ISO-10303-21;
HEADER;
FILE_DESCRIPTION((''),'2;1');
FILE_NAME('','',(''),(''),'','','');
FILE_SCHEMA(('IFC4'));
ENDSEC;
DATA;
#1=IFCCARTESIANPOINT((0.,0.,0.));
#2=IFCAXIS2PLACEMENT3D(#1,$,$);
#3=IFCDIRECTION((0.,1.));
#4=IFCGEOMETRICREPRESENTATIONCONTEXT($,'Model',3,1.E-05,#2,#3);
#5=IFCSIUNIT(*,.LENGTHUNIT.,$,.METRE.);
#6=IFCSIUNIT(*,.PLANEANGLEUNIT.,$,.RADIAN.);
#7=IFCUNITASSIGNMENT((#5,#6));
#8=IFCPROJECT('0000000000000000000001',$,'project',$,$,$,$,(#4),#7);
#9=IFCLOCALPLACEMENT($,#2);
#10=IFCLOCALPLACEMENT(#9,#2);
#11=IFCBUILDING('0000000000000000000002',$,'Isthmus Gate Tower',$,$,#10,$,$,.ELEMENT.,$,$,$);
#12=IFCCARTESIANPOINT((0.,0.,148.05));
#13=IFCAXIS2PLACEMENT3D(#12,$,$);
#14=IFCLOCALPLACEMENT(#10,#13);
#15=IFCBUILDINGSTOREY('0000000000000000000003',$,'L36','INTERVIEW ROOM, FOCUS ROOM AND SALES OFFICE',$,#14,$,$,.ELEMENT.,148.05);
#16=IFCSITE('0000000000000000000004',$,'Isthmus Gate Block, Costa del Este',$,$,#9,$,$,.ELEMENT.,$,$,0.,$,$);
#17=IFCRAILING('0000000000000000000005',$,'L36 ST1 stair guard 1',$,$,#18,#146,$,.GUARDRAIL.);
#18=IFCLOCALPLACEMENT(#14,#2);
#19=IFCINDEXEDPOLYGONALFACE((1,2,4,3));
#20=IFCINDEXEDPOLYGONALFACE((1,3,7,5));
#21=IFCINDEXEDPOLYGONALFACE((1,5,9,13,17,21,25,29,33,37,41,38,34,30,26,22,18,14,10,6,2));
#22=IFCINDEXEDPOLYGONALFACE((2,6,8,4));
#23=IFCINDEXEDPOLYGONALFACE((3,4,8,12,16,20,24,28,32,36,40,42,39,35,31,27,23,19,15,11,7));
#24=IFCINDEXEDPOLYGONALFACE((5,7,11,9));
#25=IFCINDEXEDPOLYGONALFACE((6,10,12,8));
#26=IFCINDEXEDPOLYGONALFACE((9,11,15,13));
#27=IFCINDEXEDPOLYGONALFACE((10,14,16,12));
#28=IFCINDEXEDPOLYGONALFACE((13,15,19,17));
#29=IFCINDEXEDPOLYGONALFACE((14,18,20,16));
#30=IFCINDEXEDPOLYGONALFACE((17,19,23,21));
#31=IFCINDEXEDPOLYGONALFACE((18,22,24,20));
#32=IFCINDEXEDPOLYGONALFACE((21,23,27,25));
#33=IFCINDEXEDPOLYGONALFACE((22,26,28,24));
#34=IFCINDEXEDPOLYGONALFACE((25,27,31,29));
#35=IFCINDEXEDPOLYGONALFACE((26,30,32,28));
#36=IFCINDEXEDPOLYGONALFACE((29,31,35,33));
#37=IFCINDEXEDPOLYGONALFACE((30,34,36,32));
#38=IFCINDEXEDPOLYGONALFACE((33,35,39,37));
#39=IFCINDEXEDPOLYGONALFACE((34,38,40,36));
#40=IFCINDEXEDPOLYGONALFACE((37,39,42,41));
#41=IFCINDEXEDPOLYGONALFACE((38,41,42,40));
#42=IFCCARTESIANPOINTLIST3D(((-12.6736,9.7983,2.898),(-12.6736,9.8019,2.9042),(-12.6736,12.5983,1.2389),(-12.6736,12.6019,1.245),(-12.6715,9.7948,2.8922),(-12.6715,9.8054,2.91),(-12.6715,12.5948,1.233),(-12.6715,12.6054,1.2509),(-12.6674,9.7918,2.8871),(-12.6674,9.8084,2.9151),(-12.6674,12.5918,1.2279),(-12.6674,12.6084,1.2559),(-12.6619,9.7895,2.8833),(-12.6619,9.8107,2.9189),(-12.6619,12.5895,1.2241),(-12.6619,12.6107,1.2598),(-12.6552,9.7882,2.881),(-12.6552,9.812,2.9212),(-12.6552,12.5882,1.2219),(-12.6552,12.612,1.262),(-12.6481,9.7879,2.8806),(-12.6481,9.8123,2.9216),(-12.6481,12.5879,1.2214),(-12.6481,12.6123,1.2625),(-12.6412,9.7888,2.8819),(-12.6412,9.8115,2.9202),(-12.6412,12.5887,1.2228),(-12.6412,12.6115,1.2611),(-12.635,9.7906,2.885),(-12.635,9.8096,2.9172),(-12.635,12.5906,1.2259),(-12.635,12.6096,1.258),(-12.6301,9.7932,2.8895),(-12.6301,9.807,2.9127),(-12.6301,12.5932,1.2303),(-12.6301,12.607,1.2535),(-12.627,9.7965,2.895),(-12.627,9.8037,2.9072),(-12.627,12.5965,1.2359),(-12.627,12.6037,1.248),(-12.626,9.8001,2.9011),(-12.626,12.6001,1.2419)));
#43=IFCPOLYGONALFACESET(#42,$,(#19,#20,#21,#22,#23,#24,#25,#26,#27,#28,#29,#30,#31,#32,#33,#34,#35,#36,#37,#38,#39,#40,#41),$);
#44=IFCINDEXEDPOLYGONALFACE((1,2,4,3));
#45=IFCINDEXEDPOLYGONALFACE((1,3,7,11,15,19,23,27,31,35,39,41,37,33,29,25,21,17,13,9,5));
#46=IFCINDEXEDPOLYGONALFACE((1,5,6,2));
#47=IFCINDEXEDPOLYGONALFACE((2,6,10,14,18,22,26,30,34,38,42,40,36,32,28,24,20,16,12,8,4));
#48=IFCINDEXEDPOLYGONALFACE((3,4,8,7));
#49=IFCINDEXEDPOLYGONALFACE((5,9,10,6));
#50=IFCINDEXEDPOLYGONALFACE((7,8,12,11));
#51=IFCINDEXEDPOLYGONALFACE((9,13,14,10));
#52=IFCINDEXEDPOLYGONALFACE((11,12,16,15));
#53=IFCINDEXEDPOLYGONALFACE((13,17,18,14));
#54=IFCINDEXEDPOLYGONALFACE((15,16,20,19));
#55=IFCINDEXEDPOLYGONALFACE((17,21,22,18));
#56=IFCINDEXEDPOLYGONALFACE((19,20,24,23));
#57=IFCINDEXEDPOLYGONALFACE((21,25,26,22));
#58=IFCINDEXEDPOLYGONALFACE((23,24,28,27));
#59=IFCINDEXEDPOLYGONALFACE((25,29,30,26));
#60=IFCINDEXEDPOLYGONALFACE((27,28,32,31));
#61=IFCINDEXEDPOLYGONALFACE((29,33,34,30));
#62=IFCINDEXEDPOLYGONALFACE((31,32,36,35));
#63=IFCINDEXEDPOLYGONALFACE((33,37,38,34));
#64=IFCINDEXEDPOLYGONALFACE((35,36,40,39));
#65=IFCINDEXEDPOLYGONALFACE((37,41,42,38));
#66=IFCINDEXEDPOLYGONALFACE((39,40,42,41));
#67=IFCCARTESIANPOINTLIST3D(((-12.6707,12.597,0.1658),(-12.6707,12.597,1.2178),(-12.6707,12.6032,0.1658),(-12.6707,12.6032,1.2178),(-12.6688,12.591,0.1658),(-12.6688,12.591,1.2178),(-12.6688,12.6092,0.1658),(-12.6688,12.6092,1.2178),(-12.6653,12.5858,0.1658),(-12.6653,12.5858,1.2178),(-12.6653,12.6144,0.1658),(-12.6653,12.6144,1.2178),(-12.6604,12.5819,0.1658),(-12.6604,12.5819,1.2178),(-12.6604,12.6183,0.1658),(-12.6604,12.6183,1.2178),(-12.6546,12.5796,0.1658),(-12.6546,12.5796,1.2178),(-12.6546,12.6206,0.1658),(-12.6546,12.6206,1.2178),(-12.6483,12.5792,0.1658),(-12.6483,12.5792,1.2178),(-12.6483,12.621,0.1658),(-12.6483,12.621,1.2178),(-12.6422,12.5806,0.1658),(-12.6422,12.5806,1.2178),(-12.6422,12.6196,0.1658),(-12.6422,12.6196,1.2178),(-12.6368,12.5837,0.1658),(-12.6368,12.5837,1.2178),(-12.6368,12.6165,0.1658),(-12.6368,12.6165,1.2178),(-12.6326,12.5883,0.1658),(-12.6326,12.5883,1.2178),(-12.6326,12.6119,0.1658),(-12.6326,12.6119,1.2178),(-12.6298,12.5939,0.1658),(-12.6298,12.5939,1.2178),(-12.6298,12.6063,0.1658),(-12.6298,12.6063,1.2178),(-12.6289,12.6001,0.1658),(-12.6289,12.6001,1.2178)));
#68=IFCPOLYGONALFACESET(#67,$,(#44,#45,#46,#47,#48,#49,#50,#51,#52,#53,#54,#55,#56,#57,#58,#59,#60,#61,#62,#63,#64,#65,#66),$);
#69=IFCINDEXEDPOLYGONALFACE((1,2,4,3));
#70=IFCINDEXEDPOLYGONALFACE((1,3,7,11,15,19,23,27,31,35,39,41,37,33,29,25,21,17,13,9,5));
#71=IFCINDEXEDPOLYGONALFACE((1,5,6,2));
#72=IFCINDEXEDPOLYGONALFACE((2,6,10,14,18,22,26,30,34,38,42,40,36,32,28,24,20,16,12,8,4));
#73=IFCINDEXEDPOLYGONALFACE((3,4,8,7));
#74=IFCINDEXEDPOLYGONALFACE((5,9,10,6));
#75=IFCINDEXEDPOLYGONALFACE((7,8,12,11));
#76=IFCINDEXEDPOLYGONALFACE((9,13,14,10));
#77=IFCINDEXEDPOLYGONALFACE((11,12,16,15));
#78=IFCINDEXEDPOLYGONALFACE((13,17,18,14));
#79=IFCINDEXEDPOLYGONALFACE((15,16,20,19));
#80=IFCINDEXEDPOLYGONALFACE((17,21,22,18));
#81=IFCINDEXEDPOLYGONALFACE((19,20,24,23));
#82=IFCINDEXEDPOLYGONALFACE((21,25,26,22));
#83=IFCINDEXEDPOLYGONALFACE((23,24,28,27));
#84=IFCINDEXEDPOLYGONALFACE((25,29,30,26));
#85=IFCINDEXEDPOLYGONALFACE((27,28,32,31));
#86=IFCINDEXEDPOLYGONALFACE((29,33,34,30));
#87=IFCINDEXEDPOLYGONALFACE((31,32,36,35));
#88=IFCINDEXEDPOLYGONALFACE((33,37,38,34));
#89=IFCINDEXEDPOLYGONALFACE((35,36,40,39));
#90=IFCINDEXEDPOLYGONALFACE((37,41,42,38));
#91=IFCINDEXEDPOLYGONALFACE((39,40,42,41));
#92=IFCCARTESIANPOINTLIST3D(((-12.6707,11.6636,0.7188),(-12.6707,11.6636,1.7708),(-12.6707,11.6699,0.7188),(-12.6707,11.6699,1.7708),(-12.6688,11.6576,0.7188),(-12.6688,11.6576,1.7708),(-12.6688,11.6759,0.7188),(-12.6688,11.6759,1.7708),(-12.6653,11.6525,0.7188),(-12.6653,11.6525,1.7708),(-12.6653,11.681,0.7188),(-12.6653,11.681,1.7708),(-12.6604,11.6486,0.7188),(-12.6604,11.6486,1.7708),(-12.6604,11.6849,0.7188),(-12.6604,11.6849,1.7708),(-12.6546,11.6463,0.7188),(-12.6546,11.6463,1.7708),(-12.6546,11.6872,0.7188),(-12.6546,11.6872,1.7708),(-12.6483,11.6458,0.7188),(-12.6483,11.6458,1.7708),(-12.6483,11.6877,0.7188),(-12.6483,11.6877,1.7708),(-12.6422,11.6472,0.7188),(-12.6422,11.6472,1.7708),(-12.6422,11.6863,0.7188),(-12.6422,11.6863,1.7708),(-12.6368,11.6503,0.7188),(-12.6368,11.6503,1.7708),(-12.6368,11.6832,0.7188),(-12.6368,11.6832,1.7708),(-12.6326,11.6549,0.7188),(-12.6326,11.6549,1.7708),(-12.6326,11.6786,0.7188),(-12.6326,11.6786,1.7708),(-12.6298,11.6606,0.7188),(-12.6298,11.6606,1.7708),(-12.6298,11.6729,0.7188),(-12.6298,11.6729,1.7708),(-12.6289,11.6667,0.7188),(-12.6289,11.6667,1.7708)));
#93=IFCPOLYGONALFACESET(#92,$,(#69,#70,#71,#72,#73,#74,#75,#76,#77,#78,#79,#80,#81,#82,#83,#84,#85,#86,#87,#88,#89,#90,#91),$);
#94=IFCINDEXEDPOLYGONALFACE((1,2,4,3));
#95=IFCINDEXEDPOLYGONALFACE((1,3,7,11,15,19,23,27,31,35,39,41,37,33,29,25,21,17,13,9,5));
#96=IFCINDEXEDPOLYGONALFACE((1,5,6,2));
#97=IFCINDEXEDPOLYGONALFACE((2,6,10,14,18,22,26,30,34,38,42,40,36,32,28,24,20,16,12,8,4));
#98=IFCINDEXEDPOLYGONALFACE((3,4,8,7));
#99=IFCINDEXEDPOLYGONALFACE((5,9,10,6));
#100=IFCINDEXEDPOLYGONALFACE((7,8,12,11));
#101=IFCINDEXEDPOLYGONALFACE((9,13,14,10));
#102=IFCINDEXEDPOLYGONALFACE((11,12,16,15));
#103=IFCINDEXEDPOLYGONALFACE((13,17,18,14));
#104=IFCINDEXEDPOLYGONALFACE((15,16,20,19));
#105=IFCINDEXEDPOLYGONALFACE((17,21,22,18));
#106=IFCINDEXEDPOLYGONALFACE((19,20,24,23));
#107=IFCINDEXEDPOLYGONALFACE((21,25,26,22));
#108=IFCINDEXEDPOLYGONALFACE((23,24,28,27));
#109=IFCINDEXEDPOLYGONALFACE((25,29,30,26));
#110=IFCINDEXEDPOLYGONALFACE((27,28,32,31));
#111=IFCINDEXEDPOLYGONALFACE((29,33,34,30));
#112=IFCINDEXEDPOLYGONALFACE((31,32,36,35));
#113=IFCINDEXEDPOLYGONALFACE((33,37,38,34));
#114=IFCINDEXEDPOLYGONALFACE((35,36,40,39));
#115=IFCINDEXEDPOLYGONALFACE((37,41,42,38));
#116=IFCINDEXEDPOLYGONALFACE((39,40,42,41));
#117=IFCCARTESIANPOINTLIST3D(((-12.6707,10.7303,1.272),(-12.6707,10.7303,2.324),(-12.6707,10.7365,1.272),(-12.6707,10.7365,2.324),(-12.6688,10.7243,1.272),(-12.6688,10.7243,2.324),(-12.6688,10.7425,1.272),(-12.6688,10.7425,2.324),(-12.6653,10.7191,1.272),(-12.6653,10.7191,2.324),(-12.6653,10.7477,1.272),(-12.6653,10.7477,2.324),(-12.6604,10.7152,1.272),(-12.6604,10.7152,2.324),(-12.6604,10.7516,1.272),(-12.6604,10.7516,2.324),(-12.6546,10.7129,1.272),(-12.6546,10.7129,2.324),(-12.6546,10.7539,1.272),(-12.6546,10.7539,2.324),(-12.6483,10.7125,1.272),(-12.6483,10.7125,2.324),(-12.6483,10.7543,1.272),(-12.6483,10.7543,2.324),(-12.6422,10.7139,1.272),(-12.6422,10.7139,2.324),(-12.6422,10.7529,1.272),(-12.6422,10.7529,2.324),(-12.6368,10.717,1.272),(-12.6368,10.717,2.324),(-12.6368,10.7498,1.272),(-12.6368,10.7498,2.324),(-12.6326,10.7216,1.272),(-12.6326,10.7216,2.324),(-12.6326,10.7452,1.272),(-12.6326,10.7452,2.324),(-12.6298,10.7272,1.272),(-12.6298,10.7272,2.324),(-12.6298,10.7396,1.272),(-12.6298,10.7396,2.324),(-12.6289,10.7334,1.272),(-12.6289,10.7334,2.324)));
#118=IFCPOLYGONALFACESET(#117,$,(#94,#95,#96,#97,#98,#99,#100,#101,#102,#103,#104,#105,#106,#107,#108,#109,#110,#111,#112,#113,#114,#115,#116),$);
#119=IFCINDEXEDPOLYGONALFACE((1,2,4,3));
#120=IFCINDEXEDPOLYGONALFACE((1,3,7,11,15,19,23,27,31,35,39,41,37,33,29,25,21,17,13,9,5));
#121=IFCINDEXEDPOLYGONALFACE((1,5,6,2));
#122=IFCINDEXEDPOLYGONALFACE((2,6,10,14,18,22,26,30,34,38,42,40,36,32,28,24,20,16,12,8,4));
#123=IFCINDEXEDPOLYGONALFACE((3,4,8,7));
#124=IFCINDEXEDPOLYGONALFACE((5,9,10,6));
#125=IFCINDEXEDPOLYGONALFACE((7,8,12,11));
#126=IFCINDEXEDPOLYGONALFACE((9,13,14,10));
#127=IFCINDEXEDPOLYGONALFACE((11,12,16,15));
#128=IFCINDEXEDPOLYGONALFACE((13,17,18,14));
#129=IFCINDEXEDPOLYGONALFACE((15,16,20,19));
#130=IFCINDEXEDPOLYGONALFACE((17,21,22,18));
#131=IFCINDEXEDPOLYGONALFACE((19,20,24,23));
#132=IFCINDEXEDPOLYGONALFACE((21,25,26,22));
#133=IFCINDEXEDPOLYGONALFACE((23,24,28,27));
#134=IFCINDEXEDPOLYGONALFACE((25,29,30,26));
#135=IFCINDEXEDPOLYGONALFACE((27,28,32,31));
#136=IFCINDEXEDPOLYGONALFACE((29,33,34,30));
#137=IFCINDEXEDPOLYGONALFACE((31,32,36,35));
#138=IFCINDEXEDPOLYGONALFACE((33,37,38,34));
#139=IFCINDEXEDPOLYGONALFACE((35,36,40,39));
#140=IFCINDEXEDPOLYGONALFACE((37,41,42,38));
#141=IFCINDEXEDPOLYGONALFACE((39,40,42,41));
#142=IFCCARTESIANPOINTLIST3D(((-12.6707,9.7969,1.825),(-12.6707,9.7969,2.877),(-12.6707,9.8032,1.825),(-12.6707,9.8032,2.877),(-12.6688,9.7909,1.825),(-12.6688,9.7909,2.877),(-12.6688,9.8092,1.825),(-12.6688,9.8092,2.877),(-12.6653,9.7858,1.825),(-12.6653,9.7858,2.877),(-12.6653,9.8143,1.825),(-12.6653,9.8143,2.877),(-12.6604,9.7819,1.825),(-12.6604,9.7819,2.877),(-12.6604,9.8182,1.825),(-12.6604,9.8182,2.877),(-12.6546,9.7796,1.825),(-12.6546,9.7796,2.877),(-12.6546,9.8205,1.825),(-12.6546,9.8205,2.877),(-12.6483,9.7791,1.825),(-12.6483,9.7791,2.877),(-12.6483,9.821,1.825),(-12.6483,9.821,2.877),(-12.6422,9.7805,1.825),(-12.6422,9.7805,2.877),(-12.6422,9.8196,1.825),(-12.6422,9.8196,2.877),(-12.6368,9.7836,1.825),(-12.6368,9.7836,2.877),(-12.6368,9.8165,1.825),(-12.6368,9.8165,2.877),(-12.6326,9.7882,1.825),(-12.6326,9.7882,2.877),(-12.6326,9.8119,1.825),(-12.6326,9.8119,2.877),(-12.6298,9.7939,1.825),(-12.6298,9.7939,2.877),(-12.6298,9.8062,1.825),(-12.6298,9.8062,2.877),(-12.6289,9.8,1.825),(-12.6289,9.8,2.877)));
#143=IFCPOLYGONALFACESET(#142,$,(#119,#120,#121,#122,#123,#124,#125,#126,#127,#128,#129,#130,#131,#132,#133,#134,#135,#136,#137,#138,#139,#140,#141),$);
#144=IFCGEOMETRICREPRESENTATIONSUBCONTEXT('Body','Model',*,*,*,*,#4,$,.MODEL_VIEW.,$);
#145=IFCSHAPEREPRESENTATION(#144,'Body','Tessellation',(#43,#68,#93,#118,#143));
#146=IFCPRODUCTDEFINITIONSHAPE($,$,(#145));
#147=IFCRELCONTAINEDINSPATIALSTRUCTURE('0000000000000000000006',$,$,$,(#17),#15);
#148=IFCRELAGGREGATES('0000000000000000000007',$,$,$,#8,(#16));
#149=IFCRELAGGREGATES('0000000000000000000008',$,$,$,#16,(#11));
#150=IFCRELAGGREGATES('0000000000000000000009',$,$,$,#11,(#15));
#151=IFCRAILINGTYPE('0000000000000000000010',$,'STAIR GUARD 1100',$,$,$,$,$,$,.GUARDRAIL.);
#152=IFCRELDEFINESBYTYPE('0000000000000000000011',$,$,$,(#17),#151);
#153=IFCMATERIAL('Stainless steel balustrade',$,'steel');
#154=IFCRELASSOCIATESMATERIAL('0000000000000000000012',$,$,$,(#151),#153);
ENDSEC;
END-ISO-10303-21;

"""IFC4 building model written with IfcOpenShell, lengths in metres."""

from ifc_helpers import new_model, si_unit, direction, frame, origin, origin_2d, place, context, subcontext, project, spatial, circle, extrude, material, type_object, element, save


model = new_model("IFC4")

# Units and contexts
model_context = context("Model", 3, precision=1e-05, world=origin(), true_north=direction((0.0, 1.0)))
body_context = subcontext(model_context, "Body", "Model", "MODEL_VIEW")
ifc_project = project(units=[si_unit("LENGTHUNIT", "METRE"), si_unit("PLANEANGLEUNIT", "RADIAN")], contexts=[model_context])

# Site, building, storey
site_placement = place(None, origin())
site = spatial("IfcSite", under=ifc_project, at=site_placement, Name="Isthmus Gate Block, Costa del Este", CompositionType="ELEMENT", RefElevation=0.0)
building_placement = place(site_placement, origin())
building = spatial("IfcBuilding", under=site, at=building_placement, Name="Isthmus Gate Tower", CompositionType="ELEMENT")
storey_placement = place(building_placement, frame((0.0, 0.0, 148.05)))
storey = spatial("IfcBuildingStorey", under=building, at=storey_placement, Name="L36", Description="INTERVIEW ROOM, FOCUS ROOM AND SALES OFFICE", CompositionType="ELEMENT", Elevation=148.05)

# Railing
ifc_material_1 = material(Name="Stainless steel balustrade", Category="steel")
railing_type_1 = type_object("IfcRailingType", Name="STAIR GUARD 1100", PredefinedType="GUARDRAIL", material=ifc_material_1)
railing_1_placement = place(storey_placement, frame((-12.6499, 12.6001, 0.1658)))
element("IfcRailing", 1, at=railing_1_placement, inside=storey, type_object=railing_type_1, Name="L36 ST1 stair guard 1", PredefinedType="GUARDRAIL", context=body_context, shape_type="SweptSolid", body=[
    extrude(circle(Radius=0.0239, at=origin_2d()), frame((0.0, 0.0, 1.0762), z_axis=(0.0, -0.860306, 0.509778), x_axis=(1.0, 0.0, 0.0)), (0.0, 0.0, 1.0), 3.2546),
    extrude(circle(Radius=0.021, at=origin_2d()), origin(), (0.0, 0.0, 1.0), 1.052),
    extrude(circle(Radius=0.021, at=origin_2d()), frame((0.0, -0.9333, 0.553)), (0.0, 0.0, 1.0), 1.052),
    extrude(circle(Radius=0.021, at=origin_2d()), frame((0.0, -1.8667, 1.1062)), (0.0, 0.0, 1.0), 1.052),
    extrude(circle(Radius=0.021, at=origin_2d()), frame((0.0, -2.8, 1.6592)), (0.0, 0.0, 1.0), 1.052),
])

save(model, "model.ifc")
